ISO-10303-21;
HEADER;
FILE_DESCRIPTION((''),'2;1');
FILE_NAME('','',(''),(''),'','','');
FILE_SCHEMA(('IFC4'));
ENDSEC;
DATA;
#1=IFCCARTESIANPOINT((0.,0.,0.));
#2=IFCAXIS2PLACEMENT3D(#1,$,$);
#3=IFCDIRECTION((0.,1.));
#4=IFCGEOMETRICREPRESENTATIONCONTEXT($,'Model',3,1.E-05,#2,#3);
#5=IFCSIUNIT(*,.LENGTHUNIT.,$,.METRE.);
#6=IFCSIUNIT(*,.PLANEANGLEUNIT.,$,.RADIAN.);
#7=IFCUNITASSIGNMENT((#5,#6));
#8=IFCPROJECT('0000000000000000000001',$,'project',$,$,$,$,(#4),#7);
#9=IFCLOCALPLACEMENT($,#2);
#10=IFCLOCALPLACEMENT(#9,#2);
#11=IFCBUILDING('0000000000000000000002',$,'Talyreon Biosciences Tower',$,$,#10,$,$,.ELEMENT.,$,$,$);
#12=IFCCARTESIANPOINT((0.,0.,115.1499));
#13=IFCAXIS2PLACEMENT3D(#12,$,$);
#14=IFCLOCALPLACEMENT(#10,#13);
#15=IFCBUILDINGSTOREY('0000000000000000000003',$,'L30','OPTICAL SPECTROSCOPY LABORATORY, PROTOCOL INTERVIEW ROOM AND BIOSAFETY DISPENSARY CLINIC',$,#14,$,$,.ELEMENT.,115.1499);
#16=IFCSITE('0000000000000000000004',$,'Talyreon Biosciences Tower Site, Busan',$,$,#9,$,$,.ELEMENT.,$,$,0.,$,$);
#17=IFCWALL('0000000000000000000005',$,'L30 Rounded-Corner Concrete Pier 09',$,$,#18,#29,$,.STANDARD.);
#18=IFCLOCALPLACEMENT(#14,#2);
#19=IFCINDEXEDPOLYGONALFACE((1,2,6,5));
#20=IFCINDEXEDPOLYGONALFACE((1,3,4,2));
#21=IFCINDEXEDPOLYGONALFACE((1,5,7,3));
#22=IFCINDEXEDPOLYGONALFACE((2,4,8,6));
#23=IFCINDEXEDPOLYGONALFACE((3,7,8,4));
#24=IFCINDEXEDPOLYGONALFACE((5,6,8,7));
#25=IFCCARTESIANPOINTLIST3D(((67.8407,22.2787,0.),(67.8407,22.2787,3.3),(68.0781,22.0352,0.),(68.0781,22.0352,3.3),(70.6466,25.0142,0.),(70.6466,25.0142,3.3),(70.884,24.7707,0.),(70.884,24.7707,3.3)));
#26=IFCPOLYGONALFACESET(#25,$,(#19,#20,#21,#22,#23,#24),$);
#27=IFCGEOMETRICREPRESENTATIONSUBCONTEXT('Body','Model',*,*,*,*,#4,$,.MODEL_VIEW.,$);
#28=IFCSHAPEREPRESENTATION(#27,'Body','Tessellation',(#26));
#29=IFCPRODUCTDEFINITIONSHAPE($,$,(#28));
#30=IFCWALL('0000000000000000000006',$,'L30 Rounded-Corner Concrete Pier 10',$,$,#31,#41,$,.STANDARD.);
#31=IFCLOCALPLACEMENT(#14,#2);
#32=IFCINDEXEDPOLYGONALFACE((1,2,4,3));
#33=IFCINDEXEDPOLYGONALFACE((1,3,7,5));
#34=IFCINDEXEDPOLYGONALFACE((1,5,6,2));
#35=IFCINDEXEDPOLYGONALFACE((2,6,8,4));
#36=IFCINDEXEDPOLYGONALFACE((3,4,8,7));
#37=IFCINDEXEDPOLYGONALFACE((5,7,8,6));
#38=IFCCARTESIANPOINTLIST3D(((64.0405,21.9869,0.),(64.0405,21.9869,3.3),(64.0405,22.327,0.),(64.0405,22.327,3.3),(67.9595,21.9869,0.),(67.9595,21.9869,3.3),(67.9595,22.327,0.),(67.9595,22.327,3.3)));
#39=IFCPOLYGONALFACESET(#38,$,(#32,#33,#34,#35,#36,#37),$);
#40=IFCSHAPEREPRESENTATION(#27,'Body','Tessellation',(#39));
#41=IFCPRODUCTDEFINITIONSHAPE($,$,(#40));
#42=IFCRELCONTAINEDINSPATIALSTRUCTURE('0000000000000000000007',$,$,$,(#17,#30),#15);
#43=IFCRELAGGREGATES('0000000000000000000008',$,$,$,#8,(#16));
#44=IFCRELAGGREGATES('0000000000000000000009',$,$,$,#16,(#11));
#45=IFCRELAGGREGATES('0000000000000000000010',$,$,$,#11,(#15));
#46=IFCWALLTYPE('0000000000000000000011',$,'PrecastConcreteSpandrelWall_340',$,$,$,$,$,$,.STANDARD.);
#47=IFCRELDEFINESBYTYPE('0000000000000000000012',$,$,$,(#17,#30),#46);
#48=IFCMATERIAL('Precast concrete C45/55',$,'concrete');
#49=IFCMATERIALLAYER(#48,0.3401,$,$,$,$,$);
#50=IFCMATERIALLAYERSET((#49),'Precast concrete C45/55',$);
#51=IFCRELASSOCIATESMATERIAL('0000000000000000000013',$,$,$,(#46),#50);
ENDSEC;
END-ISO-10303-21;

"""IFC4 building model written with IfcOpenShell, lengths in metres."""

from ifc_helpers import new_model, si_unit, direction, frame, frame_2d, origin, place, context, subcontext, project, spatial, rectangle, extrude, material, layer, layer_set, type_object, element, save


model = new_model("IFC4")

# Units and contexts
model_context = context("Model", 3, precision=1e-05, world=origin(), true_north=direction((0.0, 1.0)))
body_context = subcontext(model_context, "Body", "Model", "MODEL_VIEW")
ifc_project = project(units=[si_unit("LENGTHUNIT", "METRE"), si_unit("PLANEANGLEUNIT", "RADIAN")], contexts=[model_context])

# Site, building, storey
site_placement = place(None, origin())
site = spatial("IfcSite", under=ifc_project, at=site_placement, Name="Talyreon Biosciences Tower Site, Busan", CompositionType="ELEMENT", RefElevation=0.0)
building_placement = place(site_placement, origin())
building = spatial("IfcBuilding", under=site, at=building_placement, Name="Talyreon Biosciences Tower", CompositionType="ELEMENT")
storey_placement = place(building_placement, frame((0.0, 0.0, 115.1499)))
storey = spatial("IfcBuildingStorey", under=building, at=storey_placement, Name="L30", Description="OPTICAL SPECTROSCOPY LABORATORY, PROTOCOL INTERVIEW ROOM AND BIOSAFETY DISPENSARY CLINIC", CompositionType="ELEMENT", Elevation=115.1499)

# Shared definitions
ifc_material_1 = material(Name="Precast concrete C45/55", Category="concrete")

# Walls
ifc_layer_1 = layer(ifc_material_1, 0.3401)
ifc_layer_set_1 = layer_set([ifc_layer_1], Name="Precast concrete C45/55")
wall_type = type_object("IfcWallType", Name="PrecastConcreteSpandrelWall_340", PredefinedType="STANDARD", material=ifc_layer_set_1)
wall_1_placement = place(storey_placement, frame((70.7654, 24.8926, 0.0), z_axis=(0.0, 0.0, 1.0), x_axis=(-0.716021, -0.698079, 0.0)))
element("IfcWall", 1, at=wall_1_placement, inside=storey, type_object=wall_type, Name="L30 Rounded-Corner Concrete Pier 09", PredefinedType="STANDARD", context=body_context, shape_type="SweptSolid", body=[
    extrude(rectangle(XDim=3.9187, YDim=0.3401, at=frame_2d((1.9595, 0.0))), origin(), (0.0, 0.0, 1.0), 3.3),
])
wall_2_placement = place(storey_placement, frame((67.9595, 22.157, 0.0), z_axis=(0.0, 0.0, 1.0), x_axis=(-1.0, 0.0, 0.0)))
element("IfcWall", 2, at=wall_2_placement, inside=storey, type_object=wall_type, Name="L30 Rounded-Corner Concrete Pier 10", PredefinedType="STANDARD", context=body_context, shape_type="SweptSolid", body=[
    extrude(rectangle(XDim=3.9189, YDim=0.3401, at=frame_2d((1.9595, 0.0))), origin(), (0.0, 0.0, 1.0), 3.3),
])

save(model, "model.ifc")
